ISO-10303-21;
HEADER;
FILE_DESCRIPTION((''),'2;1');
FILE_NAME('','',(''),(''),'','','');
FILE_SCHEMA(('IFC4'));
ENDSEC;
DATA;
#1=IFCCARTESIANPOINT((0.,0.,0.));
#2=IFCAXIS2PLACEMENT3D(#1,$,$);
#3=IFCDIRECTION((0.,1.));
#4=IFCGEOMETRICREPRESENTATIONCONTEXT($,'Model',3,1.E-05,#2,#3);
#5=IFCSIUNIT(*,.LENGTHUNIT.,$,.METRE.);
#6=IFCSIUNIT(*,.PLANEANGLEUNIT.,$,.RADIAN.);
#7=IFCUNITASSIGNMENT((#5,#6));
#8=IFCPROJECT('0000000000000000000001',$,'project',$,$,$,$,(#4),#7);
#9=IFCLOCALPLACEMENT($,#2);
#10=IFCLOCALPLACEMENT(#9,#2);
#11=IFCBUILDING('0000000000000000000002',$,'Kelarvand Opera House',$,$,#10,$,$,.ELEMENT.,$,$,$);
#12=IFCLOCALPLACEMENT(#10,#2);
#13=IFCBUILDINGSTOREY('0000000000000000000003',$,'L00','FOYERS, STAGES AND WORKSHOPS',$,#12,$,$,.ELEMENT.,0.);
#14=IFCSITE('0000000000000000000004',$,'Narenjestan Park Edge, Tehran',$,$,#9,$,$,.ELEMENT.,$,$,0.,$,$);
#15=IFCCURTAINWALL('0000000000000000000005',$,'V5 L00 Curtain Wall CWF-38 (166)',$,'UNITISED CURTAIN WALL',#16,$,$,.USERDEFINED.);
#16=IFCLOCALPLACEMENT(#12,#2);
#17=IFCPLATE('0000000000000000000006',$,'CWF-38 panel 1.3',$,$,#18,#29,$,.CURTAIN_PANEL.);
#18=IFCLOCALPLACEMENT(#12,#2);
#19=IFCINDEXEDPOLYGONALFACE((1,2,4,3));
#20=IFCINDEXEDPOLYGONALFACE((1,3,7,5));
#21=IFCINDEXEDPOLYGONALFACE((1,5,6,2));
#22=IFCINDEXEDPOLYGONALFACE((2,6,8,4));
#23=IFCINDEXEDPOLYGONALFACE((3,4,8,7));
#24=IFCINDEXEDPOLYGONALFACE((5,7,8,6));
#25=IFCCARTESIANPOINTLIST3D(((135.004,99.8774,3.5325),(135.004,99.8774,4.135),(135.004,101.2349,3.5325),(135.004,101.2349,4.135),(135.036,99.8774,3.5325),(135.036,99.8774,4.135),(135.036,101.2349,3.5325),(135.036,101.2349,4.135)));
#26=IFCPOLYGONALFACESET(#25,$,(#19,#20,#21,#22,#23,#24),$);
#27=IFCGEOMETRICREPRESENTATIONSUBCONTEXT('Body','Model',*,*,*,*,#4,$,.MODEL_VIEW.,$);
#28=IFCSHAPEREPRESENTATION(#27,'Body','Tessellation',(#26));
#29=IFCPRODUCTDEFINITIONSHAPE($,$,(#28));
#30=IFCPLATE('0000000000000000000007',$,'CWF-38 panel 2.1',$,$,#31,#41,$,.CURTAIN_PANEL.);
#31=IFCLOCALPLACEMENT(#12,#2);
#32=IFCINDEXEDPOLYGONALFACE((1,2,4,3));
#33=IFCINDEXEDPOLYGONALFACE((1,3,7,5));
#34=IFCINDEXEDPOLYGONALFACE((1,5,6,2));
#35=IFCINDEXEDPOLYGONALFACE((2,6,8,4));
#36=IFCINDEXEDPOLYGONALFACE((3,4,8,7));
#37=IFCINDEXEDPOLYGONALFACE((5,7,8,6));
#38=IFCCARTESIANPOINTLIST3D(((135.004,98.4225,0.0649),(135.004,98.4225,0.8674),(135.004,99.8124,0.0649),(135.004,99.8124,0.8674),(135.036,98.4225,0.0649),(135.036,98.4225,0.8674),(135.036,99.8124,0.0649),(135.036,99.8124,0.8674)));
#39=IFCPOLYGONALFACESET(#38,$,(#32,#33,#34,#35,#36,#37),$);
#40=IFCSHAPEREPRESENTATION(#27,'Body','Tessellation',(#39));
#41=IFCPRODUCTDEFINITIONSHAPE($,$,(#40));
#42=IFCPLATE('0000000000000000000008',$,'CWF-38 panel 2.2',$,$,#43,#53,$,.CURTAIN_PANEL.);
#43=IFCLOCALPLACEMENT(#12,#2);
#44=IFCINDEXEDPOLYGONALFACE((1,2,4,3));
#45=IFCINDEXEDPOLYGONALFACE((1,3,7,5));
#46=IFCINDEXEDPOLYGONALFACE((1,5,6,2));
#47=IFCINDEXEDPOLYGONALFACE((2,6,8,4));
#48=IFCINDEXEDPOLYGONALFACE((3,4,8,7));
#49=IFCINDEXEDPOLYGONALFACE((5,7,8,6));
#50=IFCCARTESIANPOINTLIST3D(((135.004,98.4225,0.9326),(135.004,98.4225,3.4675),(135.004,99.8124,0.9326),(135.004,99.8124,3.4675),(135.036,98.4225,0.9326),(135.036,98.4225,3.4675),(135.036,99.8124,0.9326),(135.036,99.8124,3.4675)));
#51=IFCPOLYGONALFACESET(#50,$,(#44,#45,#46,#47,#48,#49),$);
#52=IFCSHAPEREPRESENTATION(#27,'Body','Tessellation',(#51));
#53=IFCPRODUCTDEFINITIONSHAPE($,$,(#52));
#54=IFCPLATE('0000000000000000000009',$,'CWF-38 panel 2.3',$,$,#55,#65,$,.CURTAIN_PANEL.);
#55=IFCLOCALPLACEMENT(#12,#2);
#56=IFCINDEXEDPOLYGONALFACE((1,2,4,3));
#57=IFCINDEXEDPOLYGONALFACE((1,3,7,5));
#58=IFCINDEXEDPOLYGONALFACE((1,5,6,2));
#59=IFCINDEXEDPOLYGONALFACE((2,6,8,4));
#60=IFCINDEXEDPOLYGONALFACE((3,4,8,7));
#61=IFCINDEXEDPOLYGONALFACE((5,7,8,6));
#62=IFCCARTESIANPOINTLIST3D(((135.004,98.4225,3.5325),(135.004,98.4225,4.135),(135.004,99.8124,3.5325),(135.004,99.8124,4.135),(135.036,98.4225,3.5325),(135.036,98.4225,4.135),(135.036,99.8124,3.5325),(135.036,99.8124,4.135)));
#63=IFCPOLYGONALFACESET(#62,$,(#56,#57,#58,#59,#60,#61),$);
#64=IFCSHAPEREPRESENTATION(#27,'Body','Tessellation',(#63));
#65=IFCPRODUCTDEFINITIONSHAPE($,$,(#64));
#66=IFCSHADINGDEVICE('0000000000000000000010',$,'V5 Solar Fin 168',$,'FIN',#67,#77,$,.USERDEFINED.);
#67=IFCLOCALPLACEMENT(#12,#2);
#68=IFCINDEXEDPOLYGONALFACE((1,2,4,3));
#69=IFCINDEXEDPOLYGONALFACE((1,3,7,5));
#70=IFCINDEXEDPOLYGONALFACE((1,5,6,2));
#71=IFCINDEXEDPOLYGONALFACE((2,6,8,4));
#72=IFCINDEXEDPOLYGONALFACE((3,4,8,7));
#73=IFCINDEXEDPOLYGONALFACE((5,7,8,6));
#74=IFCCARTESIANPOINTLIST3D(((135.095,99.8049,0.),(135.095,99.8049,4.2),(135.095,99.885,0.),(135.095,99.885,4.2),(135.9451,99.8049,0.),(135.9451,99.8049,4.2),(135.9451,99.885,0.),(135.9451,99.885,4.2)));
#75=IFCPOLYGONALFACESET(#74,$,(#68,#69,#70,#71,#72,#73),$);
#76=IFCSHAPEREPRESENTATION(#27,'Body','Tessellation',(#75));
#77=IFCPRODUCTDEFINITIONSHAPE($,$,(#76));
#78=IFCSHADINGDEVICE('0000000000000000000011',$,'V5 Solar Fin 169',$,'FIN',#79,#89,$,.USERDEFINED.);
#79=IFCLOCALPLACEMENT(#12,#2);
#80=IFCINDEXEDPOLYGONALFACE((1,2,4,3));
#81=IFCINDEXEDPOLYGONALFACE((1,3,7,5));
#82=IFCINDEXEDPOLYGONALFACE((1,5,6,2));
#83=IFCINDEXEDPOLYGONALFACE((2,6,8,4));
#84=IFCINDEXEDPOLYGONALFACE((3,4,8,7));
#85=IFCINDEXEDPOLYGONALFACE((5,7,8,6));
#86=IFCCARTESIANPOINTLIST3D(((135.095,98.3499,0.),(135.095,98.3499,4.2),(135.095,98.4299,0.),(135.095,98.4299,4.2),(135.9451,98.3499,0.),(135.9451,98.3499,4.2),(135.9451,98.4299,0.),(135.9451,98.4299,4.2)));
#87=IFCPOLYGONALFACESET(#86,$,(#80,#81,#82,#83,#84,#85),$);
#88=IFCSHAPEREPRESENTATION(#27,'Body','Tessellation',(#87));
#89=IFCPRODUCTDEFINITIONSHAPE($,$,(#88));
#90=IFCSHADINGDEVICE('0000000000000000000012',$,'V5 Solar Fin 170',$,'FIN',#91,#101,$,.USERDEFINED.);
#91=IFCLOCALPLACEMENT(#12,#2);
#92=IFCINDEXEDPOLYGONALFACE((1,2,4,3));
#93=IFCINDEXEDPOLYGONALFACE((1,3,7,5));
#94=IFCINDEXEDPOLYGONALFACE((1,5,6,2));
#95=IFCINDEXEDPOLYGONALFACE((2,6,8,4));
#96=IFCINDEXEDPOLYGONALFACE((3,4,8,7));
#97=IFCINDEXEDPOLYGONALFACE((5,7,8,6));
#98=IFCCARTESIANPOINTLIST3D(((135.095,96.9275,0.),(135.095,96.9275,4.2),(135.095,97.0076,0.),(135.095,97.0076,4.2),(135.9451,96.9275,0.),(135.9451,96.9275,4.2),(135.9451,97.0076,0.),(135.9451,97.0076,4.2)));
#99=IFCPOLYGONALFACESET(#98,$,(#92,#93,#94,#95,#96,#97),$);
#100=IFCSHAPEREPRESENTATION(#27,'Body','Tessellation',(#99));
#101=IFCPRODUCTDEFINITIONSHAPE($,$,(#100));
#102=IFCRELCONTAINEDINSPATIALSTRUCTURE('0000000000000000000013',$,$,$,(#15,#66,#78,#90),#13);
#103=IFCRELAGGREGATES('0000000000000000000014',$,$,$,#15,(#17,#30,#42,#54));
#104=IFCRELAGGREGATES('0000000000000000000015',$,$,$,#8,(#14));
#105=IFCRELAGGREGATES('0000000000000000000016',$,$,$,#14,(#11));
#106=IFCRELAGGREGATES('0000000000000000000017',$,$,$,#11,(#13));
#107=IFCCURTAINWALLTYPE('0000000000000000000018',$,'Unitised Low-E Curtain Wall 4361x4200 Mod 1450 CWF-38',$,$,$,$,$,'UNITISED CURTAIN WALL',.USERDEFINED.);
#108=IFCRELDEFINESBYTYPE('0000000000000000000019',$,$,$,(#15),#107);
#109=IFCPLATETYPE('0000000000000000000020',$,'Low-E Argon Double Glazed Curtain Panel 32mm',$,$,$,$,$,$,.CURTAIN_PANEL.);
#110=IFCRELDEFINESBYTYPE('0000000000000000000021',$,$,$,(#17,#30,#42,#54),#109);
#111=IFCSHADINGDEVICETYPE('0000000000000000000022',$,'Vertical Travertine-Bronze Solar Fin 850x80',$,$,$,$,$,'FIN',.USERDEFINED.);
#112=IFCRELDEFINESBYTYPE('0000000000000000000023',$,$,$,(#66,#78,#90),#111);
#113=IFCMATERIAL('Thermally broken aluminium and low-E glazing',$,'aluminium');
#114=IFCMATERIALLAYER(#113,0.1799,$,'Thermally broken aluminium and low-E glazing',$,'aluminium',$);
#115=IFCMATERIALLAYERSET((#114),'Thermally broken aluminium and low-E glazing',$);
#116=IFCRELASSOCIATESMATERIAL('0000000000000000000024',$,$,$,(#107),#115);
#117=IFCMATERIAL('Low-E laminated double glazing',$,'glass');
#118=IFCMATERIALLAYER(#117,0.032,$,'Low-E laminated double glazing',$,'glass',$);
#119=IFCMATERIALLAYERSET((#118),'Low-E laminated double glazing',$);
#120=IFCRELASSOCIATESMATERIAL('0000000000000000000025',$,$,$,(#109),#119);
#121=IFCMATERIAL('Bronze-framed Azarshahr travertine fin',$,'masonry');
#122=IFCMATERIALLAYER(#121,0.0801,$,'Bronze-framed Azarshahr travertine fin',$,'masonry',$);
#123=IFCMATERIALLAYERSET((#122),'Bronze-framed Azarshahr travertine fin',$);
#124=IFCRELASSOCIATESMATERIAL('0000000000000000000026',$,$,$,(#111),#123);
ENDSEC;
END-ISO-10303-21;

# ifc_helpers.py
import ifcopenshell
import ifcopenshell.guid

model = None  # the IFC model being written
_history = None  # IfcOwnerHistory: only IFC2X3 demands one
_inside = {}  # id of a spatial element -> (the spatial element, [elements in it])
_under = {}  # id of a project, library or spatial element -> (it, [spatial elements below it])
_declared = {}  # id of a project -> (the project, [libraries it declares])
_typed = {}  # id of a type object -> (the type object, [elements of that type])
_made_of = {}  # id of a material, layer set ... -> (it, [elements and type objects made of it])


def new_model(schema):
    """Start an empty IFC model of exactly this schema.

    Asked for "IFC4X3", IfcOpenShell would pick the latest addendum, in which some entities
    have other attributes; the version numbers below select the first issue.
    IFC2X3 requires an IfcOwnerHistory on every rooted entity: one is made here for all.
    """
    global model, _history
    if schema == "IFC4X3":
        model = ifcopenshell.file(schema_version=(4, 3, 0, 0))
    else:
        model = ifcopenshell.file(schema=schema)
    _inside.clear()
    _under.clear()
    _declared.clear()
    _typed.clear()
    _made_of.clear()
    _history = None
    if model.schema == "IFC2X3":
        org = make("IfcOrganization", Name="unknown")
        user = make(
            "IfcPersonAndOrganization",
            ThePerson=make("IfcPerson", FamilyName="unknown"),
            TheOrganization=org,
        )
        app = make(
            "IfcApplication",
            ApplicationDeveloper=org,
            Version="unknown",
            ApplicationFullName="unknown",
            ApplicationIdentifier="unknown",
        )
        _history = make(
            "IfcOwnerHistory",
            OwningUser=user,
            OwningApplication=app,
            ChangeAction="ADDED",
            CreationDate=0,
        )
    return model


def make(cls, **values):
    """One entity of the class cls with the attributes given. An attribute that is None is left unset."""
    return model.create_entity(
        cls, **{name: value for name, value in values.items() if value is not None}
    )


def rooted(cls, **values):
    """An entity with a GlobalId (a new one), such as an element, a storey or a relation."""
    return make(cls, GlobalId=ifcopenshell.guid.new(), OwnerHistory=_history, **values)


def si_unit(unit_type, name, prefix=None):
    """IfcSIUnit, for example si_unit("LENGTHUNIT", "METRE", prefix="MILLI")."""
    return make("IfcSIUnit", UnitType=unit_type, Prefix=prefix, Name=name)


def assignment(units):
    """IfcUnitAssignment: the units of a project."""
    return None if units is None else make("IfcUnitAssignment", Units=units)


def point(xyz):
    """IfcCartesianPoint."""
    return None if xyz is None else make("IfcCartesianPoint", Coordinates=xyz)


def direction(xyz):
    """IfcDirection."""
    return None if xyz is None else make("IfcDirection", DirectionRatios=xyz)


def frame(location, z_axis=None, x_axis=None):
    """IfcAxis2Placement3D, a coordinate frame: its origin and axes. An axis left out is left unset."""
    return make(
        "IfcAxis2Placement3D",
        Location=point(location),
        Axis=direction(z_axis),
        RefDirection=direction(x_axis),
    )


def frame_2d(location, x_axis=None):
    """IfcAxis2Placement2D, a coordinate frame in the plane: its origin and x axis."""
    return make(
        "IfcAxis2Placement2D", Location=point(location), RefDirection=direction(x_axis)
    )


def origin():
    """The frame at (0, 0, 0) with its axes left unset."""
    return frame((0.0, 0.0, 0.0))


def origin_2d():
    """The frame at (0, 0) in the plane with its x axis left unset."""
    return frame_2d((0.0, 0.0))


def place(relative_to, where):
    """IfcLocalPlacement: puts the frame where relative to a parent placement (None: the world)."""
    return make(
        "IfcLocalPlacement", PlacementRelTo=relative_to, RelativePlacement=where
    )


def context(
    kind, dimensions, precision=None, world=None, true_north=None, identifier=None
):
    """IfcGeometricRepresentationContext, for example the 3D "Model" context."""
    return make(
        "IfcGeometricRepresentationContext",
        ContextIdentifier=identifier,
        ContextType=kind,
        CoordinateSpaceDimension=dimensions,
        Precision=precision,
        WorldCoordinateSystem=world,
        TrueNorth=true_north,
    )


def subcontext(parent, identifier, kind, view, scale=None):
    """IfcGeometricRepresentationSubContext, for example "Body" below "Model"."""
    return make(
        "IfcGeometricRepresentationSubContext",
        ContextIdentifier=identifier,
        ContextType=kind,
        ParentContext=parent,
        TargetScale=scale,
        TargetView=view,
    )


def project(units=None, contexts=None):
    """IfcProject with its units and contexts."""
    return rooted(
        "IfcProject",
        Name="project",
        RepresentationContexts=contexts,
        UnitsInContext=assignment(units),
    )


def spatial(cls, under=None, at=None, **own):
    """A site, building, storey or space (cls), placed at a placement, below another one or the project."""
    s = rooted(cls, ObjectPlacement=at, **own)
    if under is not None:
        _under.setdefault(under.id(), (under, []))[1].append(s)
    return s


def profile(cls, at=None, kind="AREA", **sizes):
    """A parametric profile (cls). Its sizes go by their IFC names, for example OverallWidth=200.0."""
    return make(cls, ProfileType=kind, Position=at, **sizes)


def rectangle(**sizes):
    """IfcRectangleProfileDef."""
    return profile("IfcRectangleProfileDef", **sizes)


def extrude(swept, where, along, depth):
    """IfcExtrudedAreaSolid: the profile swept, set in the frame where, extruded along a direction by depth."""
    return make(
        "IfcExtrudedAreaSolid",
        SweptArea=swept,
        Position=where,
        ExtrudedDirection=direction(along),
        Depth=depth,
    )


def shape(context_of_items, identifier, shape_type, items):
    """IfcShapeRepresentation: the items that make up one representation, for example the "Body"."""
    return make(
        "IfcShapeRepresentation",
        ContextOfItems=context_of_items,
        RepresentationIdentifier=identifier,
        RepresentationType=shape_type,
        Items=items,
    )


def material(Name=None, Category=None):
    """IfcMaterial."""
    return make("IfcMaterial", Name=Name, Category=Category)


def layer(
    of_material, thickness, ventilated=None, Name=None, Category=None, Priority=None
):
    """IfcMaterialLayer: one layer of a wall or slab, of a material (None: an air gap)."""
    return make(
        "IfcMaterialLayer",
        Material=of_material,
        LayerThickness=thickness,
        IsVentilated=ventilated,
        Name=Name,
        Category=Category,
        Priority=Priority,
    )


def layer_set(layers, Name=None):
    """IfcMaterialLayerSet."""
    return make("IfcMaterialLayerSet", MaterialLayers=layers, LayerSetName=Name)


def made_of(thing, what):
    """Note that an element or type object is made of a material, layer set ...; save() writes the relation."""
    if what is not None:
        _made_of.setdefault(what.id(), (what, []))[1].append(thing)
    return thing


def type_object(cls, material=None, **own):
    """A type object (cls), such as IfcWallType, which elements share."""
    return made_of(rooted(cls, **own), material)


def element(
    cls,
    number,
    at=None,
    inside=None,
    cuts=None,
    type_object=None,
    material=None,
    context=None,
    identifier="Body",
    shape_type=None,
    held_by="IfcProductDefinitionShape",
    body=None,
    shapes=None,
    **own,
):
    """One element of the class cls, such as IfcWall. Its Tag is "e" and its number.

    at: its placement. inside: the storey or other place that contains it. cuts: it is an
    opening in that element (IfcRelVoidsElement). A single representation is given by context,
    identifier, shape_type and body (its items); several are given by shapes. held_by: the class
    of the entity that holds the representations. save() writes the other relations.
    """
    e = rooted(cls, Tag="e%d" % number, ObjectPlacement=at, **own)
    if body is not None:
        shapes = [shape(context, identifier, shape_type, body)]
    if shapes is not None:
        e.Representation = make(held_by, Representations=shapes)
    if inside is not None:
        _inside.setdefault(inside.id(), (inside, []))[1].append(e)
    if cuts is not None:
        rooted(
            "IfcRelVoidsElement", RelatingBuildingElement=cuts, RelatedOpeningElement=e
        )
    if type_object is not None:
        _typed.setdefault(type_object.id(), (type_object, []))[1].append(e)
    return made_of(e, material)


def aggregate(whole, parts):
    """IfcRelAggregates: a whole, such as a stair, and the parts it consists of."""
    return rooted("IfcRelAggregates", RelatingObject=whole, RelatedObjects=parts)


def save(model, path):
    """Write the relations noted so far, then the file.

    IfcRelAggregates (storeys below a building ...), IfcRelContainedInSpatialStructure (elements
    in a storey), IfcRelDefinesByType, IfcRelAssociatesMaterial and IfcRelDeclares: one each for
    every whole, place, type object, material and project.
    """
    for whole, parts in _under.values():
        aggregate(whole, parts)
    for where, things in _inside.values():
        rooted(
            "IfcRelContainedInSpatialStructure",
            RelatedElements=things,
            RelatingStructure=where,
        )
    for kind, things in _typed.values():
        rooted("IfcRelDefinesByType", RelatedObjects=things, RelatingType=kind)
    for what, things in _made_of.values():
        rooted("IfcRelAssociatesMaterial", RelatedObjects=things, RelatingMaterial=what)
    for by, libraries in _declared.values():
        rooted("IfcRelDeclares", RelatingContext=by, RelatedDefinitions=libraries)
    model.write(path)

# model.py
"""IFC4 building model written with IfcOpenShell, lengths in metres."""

from ifc_helpers import new_model, si_unit, direction, frame, origin, origin_2d, place, context, subcontext, project, spatial, rectangle, extrude, material, layer, layer_set, type_object, element, aggregate, save


model = new_model("IFC4")

# Units and contexts
model_context = context("Model", 3, precision=1e-05, world=origin(), true_north=direction((0.0, 1.0)))
body_context = subcontext(model_context, "Body", "Model", "MODEL_VIEW")
ifc_project = project(units=[si_unit("LENGTHUNIT", "METRE"), si_unit("PLANEANGLEUNIT", "RADIAN")], contexts=[model_context])

# Site, building, storey
site_placement = place(None, origin())
site = spatial("IfcSite", under=ifc_project, at=site_placement, Name="Narenjestan Park Edge, Tehran", CompositionType="ELEMENT", RefElevation=0.0)
building_placement = place(site_placement, origin())
building = spatial("IfcBuilding", under=site, at=building_placement, Name="Kelarvand Opera House", CompositionType="ELEMENT")
storey_placement = place(building_placement, origin())
storey = spatial("IfcBuildingStorey", under=building, at=storey_placement, Name="L00", Description="FOYERS, STAGES AND WORKSHOPS", CompositionType="ELEMENT", Elevation=0.0)

# Curtain wall
ifc_material_1 = material(Name="Thermally broken aluminium and low-E glazing", Category="aluminium")
ifc_layer_1 = layer(ifc_material_1, 0.1799, Name="Thermally broken aluminium and low-E glazing", Category="aluminium")
ifc_layer_set_1 = layer_set([ifc_layer_1], Name="Thermally broken aluminium and low-E glazing")
curtain_wall_type = type_object("IfcCurtainWallType", Name="Unitised Low-E Curtain Wall 4361x4200 Mod 1450 CWF-38", ElementType="UNITISED CURTAIN WALL", PredefinedType="USERDEFINED", material=ifc_layer_set_1)
curtain_wall_placement = place(storey_placement, origin())
curtain_wall = element("IfcCurtainWall", 1, at=curtain_wall_placement, inside=storey, type_object=curtain_wall_type, Name="V5 L00 Curtain Wall CWF-38 (166)", ObjectType="UNITISED CURTAIN WALL", PredefinedType="USERDEFINED")

# Plates
ifc_material_2 = material(Name="Low-E laminated double glazing", Category="glass")
ifc_layer_2 = layer(ifc_material_2, 0.032, Name="Low-E laminated double glazing", Category="glass")
ifc_layer_set_2 = layer_set([ifc_layer_2], Name="Low-E laminated double glazing")
plate_type = type_object("IfcPlateType", Name="Low-E Argon Double Glazed Curtain Panel 32mm", PredefinedType="CURTAIN_PANEL", material=ifc_layer_set_2)
plate_1_placement = place(storey_placement, frame((135.02, 100.5562, 3.5325), z_axis=(0.0, 0.0, 1.0), x_axis=(0.0, -1.0, 0.0)))
plate_1 = element("IfcPlate", 2, at=plate_1_placement, type_object=plate_type, Name="CWF-38 panel 1.3", PredefinedType="CURTAIN_PANEL", context=body_context, shape_type="SweptSolid", body=[
    extrude(rectangle(XDim=1.3574, YDim=0.032, at=origin_2d()), origin(), (0.0, 0.0, 1.0), 0.6025),
])
plate_2_placement = place(storey_placement, frame((135.02, 99.1174, 0.0649), z_axis=(0.0, 0.0, 1.0), x_axis=(0.0, -1.0, 0.0)))
plate_2 = element("IfcPlate", 3, at=plate_2_placement, type_object=plate_type, Name="CWF-38 panel 2.1", PredefinedType="CURTAIN_PANEL", context=body_context, shape_type="SweptSolid", body=[
    extrude(rectangle(XDim=1.3899, YDim=0.032, at=origin_2d()), origin(), (0.0, 0.0, 1.0), 0.8025),
])
plate_3_placement = place(storey_placement, frame((135.02, 99.1174, 0.9326), z_axis=(0.0, 0.0, 1.0), x_axis=(0.0, -1.0, 0.0)))
plate_3 = element("IfcPlate", 4, at=plate_3_placement, type_object=plate_type, Name="CWF-38 panel 2.2", PredefinedType="CURTAIN_PANEL", context=body_context, shape_type="SweptSolid", body=[
    extrude(rectangle(XDim=1.3899, YDim=0.032, at=origin_2d()), origin(), (0.0, 0.0, 1.0), 2.5349),
])
plate_4_placement = place(storey_placement, frame((135.02, 99.1174, 3.5325), z_axis=(0.0, 0.0, 1.0), x_axis=(0.0, -1.0, 0.0)))
plate_4 = element("IfcPlate", 5, at=plate_4_placement, type_object=plate_type, Name="CWF-38 panel 2.3", PredefinedType="CURTAIN_PANEL", context=body_context, shape_type="SweptSolid", body=[
    extrude(rectangle(XDim=1.3899, YDim=0.032, at=origin_2d()), origin(), (0.0, 0.0, 1.0), 0.6025),
])
aggregate(curtain_wall, [plate_1, plate_2, plate_3, plate_4])

# Shading devices
ifc_material_3 = material(Name="Bronze-framed Azarshahr travertine fin", Category="masonry")
ifc_layer_3 = layer(ifc_material_3, 0.0801, Name="Bronze-framed Azarshahr travertine fin", Category="masonry")
ifc_layer_set_3 = layer_set([ifc_layer_3], Name="Bronze-framed Azarshahr travertine fin")
shading_device_type = type_object("IfcShadingDeviceType", Name="Vertical Travertine-Bronze Solar Fin 850x80", ElementType="FIN", PredefinedType="USERDEFINED", material=ifc_layer_set_3)
for number, where, z_axis, x_axis, name in (
    (6, (135.52, 99.845, 0.0), (0.0, 0.0, 1.0), (1.0, 0.0, 0.0), "V5 Solar Fin 168"),
    (7, (135.52, 98.3899, 0.0), (0.0, 0.0, 1.0), (1.0, 0.0, 0.0), "V5 Solar Fin 169"),
    (8, (135.52, 96.9675, 0.0), (0.0, 0.0, 1.0), (1.0, 0.0, 0.0), "V5 Solar Fin 170"),
):
    element("IfcShadingDevice", number, at=place(storey_placement, frame(where, z_axis=z_axis, x_axis=x_axis)), inside=storey, type_object=shading_device_type, Name=name, ObjectType="FIN", PredefinedType="USERDEFINED", context=body_context, shape_type="SweptSolid", body=[
        extrude(rectangle(XDim=0.8501, YDim=0.0801, at=origin_2d()), origin(), (0.0, 0.0, 1.0), 4.2),
    ])

save(model, "model.ifc")
